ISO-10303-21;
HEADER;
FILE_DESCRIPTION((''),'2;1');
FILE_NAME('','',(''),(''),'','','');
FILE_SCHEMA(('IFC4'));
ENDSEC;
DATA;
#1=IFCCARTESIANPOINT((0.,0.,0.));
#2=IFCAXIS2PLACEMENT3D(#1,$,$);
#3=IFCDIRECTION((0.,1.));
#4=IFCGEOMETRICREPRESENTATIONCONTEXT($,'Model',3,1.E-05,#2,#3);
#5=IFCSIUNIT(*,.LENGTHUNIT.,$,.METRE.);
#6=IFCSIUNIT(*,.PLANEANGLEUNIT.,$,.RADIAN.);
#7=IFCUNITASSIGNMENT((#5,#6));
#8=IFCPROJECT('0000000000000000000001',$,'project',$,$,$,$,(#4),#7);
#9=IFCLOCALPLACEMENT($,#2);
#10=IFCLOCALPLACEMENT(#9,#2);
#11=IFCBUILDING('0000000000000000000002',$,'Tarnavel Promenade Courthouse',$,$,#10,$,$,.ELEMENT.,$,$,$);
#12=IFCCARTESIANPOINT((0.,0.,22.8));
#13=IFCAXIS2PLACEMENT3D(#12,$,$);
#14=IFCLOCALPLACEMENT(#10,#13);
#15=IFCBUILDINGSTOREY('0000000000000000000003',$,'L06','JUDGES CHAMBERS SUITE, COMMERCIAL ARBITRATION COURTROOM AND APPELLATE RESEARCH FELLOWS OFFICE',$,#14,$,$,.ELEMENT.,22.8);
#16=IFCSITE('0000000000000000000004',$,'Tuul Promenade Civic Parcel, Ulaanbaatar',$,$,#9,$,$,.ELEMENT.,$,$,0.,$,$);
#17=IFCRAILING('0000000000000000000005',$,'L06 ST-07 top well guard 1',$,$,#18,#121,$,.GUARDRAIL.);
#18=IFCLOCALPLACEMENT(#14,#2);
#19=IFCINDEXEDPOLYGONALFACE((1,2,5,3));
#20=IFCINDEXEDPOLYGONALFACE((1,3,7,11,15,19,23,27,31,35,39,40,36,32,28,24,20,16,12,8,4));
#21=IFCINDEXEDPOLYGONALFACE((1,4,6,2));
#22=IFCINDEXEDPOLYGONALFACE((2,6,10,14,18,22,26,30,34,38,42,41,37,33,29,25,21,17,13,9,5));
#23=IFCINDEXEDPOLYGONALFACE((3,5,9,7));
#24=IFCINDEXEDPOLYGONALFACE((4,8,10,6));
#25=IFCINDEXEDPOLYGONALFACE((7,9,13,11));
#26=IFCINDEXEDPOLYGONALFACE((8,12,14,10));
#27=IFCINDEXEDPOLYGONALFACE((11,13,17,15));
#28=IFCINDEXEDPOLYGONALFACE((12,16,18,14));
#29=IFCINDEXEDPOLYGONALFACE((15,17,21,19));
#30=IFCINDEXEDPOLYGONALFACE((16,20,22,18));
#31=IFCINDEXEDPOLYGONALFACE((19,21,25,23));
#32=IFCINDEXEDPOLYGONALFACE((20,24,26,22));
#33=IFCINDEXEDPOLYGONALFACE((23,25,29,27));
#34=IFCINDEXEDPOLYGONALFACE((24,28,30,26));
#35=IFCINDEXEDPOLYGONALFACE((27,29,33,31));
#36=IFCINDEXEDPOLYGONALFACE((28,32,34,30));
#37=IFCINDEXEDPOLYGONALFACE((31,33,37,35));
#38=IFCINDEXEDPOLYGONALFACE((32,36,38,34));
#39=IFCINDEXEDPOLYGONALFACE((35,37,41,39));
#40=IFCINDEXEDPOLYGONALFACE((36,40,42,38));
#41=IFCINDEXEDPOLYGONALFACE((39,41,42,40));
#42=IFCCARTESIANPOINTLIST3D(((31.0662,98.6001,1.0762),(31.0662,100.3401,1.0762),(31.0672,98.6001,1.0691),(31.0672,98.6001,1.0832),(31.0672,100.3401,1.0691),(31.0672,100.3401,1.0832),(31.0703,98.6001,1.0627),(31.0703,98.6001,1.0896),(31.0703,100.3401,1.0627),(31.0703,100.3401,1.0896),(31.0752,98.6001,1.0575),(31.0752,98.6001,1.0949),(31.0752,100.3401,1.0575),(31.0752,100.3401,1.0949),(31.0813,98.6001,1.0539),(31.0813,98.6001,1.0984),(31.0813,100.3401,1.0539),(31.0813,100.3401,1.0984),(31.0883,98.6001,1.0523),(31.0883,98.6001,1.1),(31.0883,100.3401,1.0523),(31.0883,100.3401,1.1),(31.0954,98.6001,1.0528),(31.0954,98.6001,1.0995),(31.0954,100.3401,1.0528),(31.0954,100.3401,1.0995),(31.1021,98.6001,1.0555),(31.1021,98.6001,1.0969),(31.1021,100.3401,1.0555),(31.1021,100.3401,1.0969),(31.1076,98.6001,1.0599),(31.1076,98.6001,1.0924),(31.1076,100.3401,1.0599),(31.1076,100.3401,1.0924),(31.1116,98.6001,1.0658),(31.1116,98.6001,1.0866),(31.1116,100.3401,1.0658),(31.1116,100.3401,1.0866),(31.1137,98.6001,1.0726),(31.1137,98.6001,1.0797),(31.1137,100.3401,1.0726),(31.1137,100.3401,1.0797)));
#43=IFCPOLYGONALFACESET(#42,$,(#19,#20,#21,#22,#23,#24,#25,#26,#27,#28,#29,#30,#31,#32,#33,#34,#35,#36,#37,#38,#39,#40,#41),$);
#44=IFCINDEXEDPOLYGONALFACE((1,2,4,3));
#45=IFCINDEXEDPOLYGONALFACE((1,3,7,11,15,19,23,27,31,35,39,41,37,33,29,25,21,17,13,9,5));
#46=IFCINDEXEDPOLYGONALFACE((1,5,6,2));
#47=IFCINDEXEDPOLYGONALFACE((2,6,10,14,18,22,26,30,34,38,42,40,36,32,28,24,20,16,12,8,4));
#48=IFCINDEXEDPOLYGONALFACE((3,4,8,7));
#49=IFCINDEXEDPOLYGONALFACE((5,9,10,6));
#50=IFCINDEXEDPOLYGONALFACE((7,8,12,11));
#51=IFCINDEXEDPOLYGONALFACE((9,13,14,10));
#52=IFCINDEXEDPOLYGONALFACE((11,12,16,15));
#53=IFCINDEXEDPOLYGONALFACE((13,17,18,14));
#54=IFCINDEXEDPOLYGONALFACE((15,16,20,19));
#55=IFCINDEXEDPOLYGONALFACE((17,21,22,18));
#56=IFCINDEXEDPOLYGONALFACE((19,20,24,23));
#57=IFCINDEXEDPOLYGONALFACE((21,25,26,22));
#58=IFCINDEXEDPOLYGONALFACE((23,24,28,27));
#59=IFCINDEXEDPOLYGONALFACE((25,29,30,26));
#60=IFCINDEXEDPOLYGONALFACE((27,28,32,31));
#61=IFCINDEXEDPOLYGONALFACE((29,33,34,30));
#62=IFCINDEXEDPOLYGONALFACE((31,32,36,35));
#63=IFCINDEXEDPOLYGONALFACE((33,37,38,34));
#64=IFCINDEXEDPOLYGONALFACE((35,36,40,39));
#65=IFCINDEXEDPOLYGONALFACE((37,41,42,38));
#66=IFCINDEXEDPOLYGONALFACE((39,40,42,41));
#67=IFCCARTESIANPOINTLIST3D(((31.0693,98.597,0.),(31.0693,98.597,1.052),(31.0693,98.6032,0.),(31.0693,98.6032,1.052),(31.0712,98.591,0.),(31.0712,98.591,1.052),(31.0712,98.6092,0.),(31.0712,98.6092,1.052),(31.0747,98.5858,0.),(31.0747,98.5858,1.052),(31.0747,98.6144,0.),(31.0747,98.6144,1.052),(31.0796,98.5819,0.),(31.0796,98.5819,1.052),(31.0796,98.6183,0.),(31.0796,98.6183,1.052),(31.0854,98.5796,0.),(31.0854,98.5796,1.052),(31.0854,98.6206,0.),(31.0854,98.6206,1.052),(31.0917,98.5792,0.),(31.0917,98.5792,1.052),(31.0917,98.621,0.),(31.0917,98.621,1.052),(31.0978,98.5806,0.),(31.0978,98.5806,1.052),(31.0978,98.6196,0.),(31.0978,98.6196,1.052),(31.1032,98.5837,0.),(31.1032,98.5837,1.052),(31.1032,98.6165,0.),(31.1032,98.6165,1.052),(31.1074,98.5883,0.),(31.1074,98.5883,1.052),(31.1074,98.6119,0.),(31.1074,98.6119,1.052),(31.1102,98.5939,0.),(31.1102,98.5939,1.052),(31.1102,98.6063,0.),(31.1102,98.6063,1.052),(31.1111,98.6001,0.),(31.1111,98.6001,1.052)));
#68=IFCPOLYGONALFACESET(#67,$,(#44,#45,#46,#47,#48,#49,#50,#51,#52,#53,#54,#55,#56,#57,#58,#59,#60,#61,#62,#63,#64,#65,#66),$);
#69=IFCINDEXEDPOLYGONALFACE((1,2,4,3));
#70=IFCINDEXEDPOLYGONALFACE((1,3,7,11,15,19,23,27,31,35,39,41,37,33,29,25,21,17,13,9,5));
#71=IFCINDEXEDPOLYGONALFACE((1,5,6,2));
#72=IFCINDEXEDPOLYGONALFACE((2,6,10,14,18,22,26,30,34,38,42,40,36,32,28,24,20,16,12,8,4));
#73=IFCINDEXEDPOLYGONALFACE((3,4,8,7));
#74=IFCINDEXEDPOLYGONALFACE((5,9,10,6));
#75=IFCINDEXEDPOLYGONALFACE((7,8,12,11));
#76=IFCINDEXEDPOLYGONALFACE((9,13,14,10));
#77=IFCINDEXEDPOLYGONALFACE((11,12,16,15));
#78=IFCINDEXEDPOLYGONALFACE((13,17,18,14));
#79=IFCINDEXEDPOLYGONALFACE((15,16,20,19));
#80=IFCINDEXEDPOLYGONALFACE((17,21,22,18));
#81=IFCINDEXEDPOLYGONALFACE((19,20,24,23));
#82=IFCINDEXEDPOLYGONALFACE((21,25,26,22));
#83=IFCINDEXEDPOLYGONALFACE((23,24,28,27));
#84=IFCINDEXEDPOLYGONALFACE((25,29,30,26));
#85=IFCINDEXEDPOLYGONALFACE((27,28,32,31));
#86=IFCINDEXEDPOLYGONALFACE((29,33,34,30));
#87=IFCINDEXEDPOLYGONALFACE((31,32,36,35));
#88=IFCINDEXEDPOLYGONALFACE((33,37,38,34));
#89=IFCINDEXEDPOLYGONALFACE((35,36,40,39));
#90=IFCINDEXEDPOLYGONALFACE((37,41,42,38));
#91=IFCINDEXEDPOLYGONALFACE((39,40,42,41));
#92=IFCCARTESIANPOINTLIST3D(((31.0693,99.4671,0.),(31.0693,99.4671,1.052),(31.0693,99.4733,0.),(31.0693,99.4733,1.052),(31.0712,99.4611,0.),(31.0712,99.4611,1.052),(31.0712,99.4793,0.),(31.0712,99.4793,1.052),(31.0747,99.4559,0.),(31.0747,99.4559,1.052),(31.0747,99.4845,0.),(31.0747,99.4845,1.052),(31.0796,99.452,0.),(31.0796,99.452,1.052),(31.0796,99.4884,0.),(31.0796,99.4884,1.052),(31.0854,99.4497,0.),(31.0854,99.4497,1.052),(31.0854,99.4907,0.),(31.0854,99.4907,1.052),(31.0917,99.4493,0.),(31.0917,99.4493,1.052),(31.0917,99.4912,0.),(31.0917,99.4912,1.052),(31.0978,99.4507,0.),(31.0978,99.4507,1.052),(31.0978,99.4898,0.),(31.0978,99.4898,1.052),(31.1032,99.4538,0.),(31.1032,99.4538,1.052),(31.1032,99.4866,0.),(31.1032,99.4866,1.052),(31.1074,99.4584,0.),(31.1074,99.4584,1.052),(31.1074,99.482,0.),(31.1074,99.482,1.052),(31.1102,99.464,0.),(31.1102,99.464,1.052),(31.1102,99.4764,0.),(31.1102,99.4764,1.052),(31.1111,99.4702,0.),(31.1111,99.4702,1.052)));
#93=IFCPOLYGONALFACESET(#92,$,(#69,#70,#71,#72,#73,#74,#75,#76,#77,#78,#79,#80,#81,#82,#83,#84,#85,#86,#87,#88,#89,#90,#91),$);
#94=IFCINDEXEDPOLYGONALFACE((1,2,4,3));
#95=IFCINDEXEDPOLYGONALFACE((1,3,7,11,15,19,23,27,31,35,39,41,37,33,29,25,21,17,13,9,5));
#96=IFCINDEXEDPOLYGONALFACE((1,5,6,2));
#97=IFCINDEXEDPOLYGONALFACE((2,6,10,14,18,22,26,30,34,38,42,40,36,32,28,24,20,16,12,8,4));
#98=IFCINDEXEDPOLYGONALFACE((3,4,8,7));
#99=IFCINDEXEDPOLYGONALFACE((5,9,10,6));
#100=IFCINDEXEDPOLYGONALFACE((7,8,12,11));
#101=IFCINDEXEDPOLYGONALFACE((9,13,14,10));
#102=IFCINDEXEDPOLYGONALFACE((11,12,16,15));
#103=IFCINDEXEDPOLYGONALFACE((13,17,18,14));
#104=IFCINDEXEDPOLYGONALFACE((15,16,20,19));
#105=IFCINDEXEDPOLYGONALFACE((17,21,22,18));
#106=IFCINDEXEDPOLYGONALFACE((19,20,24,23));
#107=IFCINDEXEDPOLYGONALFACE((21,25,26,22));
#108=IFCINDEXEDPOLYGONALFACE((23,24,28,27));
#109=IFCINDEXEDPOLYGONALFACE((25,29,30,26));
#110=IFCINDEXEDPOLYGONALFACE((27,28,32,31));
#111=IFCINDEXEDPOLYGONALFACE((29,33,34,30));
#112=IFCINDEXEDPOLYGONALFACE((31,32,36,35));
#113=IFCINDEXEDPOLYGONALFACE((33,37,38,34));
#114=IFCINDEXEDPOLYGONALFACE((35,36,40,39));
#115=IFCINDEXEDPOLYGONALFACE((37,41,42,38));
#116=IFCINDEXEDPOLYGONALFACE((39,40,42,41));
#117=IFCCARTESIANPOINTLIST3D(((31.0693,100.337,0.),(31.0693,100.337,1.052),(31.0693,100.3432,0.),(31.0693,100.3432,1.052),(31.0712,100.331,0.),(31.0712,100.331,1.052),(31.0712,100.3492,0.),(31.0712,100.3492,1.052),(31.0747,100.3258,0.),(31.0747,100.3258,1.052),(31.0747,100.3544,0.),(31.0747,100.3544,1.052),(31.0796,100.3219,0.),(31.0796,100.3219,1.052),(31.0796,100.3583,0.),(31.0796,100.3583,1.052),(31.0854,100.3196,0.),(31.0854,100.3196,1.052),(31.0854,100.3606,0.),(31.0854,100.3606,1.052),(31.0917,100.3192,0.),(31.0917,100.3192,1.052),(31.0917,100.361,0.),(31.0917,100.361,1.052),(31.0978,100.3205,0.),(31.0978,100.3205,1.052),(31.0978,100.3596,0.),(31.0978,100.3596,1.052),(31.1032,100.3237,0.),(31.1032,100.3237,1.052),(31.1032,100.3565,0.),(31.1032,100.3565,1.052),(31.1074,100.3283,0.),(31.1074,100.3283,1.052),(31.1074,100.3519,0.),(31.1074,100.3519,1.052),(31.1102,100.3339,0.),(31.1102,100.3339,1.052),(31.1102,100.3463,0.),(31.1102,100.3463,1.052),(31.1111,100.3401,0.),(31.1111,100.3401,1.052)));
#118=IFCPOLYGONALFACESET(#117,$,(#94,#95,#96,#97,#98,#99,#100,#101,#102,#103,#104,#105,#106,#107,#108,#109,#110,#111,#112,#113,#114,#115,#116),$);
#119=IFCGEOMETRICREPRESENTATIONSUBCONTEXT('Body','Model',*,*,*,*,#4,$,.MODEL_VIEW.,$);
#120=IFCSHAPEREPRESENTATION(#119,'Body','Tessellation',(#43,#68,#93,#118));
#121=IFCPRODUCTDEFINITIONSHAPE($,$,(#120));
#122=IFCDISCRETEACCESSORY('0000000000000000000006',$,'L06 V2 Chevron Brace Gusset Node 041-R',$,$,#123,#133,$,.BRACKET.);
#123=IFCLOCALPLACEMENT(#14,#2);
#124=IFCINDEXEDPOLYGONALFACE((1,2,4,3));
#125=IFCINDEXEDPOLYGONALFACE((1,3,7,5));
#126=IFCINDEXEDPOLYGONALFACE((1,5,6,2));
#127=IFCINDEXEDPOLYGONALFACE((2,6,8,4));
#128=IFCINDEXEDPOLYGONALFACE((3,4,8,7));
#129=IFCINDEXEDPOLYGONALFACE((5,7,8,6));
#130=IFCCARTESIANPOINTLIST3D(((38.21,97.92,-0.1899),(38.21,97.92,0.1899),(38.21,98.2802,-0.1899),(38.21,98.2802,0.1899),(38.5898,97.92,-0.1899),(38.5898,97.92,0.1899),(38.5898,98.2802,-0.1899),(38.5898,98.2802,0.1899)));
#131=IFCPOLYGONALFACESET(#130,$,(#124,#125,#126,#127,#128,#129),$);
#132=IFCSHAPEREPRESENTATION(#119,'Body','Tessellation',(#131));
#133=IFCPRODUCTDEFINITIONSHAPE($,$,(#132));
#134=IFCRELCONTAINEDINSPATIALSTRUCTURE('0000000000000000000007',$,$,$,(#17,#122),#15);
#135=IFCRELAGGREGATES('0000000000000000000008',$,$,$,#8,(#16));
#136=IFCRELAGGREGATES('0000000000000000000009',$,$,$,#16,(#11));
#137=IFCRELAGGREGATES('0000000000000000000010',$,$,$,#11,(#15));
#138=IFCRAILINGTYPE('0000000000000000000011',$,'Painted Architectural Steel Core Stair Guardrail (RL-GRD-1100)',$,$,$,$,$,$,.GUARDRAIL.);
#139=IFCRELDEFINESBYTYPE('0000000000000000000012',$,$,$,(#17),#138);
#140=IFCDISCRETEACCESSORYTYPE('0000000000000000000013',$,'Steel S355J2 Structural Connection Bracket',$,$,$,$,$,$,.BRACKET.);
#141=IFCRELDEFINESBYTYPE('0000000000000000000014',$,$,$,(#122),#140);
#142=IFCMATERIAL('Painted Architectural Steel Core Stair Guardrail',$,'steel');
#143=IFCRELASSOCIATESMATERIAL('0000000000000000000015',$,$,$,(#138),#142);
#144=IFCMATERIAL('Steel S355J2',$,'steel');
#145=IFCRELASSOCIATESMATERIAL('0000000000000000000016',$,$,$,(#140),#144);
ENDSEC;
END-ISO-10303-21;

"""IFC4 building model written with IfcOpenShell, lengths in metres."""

from ifc_helpers import new_model, si_unit, direction, frame, origin, origin_2d, place, context, subcontext, project, spatial, rectangle, circle, extrude, material, type_object, element, save


model = new_model("IFC4")

# Units and contexts
model_context = context("Model", 3, precision=1e-05, world=origin(), true_north=direction((0.0, 1.0)))
body_context = subcontext(model_context, "Body", "Model", "MODEL_VIEW")
ifc_project = project(units=[si_unit("LENGTHUNIT", "METRE"), si_unit("PLANEANGLEUNIT", "RADIAN")], contexts=[model_context])

# Site, building, storey
site_placement = place(None, origin())
site = spatial("IfcSite", under=ifc_project, at=site_placement, Name="Tuul Promenade Civic Parcel, Ulaanbaatar", CompositionType="ELEMENT", RefElevation=0.0)
building_placement = place(site_placement, origin())
building = spatial("IfcBuilding", under=site, at=building_placement, Name="Tarnavel Promenade Courthouse", CompositionType="ELEMENT")
storey_placement = place(building_placement, frame((0.0, 0.0, 22.8)))
storey = spatial("IfcBuildingStorey", under=building, at=storey_placement, Name="L06", Description="JUDGES CHAMBERS SUITE, COMMERCIAL ARBITRATION COURTROOM AND APPELLATE RESEARCH FELLOWS OFFICE", CompositionType="ELEMENT", Elevation=22.8)

# Shared definitions
ifc_material_1 = material(Name="Steel S355J2", Category="steel")

# Railing
ifc_material_2 = material(Name="Painted Architectural Steel Core Stair Guardrail", Category="steel")
railing_type = type_object("IfcRailingType", Name="Painted Architectural Steel Core Stair Guardrail (RL-GRD-1100)", PredefinedType="GUARDRAIL", material=ifc_material_2)
railing_placement = place(storey_placement, frame((31.0901, 98.6001, 0.0)))
element("IfcRailing", 1, at=railing_placement, inside=storey, type_object=railing_type, Name="L06 ST-07 top well guard 1", PredefinedType="GUARDRAIL", context=body_context, shape_type="SweptSolid", body=[
    extrude(circle(Radius=0.0239, at=origin_2d()), frame((0.0, 0.0, 1.0762), z_axis=(0.0, 1.0, 0.0), x_axis=(-1.0, 0.0, 0.0)), (0.0, 0.0, 1.0), 1.74),
    extrude(circle(Radius=0.021, at=origin_2d()), origin(), (0.0, 0.0, 1.0), 1.052),
    extrude(circle(Radius=0.021, at=origin_2d()), frame((0.0, 0.8701, 0.0)), (0.0, 0.0, 1.0), 1.052),
    extrude(circle(Radius=0.021, at=origin_2d()), frame((0.0, 1.74, 0.0)), (0.0, 0.0, 1.0), 1.052),
])

# Discrete accessory
discrete_accessory_type = type_object("IfcDiscreteAccessoryType", Name="Steel S355J2 Structural Connection Bracket", PredefinedType="BRACKET", material=ifc_material_1)
discrete_accessory_placement = place(storey_placement, frame((38.3999, 98.1001, -0.1899), z_axis=(0.0, 0.0, 1.0), x_axis=(1.0, 0.0, 0.0)))
element("IfcDiscreteAccessory", 2, at=discrete_accessory_placement, inside=storey, type_object=discrete_accessory_type, Name="L06 V2 Chevron Brace Gusset Node 041-R", PredefinedType="BRACKET", context=body_context, shape_type="SweptSolid", body=[
    extrude(rectangle(XDim=0.3799, YDim=0.3601, at=origin_2d()), origin(), (0.0, 0.0, 1.0), 0.3799),
])

save(model, "model.ifc")
